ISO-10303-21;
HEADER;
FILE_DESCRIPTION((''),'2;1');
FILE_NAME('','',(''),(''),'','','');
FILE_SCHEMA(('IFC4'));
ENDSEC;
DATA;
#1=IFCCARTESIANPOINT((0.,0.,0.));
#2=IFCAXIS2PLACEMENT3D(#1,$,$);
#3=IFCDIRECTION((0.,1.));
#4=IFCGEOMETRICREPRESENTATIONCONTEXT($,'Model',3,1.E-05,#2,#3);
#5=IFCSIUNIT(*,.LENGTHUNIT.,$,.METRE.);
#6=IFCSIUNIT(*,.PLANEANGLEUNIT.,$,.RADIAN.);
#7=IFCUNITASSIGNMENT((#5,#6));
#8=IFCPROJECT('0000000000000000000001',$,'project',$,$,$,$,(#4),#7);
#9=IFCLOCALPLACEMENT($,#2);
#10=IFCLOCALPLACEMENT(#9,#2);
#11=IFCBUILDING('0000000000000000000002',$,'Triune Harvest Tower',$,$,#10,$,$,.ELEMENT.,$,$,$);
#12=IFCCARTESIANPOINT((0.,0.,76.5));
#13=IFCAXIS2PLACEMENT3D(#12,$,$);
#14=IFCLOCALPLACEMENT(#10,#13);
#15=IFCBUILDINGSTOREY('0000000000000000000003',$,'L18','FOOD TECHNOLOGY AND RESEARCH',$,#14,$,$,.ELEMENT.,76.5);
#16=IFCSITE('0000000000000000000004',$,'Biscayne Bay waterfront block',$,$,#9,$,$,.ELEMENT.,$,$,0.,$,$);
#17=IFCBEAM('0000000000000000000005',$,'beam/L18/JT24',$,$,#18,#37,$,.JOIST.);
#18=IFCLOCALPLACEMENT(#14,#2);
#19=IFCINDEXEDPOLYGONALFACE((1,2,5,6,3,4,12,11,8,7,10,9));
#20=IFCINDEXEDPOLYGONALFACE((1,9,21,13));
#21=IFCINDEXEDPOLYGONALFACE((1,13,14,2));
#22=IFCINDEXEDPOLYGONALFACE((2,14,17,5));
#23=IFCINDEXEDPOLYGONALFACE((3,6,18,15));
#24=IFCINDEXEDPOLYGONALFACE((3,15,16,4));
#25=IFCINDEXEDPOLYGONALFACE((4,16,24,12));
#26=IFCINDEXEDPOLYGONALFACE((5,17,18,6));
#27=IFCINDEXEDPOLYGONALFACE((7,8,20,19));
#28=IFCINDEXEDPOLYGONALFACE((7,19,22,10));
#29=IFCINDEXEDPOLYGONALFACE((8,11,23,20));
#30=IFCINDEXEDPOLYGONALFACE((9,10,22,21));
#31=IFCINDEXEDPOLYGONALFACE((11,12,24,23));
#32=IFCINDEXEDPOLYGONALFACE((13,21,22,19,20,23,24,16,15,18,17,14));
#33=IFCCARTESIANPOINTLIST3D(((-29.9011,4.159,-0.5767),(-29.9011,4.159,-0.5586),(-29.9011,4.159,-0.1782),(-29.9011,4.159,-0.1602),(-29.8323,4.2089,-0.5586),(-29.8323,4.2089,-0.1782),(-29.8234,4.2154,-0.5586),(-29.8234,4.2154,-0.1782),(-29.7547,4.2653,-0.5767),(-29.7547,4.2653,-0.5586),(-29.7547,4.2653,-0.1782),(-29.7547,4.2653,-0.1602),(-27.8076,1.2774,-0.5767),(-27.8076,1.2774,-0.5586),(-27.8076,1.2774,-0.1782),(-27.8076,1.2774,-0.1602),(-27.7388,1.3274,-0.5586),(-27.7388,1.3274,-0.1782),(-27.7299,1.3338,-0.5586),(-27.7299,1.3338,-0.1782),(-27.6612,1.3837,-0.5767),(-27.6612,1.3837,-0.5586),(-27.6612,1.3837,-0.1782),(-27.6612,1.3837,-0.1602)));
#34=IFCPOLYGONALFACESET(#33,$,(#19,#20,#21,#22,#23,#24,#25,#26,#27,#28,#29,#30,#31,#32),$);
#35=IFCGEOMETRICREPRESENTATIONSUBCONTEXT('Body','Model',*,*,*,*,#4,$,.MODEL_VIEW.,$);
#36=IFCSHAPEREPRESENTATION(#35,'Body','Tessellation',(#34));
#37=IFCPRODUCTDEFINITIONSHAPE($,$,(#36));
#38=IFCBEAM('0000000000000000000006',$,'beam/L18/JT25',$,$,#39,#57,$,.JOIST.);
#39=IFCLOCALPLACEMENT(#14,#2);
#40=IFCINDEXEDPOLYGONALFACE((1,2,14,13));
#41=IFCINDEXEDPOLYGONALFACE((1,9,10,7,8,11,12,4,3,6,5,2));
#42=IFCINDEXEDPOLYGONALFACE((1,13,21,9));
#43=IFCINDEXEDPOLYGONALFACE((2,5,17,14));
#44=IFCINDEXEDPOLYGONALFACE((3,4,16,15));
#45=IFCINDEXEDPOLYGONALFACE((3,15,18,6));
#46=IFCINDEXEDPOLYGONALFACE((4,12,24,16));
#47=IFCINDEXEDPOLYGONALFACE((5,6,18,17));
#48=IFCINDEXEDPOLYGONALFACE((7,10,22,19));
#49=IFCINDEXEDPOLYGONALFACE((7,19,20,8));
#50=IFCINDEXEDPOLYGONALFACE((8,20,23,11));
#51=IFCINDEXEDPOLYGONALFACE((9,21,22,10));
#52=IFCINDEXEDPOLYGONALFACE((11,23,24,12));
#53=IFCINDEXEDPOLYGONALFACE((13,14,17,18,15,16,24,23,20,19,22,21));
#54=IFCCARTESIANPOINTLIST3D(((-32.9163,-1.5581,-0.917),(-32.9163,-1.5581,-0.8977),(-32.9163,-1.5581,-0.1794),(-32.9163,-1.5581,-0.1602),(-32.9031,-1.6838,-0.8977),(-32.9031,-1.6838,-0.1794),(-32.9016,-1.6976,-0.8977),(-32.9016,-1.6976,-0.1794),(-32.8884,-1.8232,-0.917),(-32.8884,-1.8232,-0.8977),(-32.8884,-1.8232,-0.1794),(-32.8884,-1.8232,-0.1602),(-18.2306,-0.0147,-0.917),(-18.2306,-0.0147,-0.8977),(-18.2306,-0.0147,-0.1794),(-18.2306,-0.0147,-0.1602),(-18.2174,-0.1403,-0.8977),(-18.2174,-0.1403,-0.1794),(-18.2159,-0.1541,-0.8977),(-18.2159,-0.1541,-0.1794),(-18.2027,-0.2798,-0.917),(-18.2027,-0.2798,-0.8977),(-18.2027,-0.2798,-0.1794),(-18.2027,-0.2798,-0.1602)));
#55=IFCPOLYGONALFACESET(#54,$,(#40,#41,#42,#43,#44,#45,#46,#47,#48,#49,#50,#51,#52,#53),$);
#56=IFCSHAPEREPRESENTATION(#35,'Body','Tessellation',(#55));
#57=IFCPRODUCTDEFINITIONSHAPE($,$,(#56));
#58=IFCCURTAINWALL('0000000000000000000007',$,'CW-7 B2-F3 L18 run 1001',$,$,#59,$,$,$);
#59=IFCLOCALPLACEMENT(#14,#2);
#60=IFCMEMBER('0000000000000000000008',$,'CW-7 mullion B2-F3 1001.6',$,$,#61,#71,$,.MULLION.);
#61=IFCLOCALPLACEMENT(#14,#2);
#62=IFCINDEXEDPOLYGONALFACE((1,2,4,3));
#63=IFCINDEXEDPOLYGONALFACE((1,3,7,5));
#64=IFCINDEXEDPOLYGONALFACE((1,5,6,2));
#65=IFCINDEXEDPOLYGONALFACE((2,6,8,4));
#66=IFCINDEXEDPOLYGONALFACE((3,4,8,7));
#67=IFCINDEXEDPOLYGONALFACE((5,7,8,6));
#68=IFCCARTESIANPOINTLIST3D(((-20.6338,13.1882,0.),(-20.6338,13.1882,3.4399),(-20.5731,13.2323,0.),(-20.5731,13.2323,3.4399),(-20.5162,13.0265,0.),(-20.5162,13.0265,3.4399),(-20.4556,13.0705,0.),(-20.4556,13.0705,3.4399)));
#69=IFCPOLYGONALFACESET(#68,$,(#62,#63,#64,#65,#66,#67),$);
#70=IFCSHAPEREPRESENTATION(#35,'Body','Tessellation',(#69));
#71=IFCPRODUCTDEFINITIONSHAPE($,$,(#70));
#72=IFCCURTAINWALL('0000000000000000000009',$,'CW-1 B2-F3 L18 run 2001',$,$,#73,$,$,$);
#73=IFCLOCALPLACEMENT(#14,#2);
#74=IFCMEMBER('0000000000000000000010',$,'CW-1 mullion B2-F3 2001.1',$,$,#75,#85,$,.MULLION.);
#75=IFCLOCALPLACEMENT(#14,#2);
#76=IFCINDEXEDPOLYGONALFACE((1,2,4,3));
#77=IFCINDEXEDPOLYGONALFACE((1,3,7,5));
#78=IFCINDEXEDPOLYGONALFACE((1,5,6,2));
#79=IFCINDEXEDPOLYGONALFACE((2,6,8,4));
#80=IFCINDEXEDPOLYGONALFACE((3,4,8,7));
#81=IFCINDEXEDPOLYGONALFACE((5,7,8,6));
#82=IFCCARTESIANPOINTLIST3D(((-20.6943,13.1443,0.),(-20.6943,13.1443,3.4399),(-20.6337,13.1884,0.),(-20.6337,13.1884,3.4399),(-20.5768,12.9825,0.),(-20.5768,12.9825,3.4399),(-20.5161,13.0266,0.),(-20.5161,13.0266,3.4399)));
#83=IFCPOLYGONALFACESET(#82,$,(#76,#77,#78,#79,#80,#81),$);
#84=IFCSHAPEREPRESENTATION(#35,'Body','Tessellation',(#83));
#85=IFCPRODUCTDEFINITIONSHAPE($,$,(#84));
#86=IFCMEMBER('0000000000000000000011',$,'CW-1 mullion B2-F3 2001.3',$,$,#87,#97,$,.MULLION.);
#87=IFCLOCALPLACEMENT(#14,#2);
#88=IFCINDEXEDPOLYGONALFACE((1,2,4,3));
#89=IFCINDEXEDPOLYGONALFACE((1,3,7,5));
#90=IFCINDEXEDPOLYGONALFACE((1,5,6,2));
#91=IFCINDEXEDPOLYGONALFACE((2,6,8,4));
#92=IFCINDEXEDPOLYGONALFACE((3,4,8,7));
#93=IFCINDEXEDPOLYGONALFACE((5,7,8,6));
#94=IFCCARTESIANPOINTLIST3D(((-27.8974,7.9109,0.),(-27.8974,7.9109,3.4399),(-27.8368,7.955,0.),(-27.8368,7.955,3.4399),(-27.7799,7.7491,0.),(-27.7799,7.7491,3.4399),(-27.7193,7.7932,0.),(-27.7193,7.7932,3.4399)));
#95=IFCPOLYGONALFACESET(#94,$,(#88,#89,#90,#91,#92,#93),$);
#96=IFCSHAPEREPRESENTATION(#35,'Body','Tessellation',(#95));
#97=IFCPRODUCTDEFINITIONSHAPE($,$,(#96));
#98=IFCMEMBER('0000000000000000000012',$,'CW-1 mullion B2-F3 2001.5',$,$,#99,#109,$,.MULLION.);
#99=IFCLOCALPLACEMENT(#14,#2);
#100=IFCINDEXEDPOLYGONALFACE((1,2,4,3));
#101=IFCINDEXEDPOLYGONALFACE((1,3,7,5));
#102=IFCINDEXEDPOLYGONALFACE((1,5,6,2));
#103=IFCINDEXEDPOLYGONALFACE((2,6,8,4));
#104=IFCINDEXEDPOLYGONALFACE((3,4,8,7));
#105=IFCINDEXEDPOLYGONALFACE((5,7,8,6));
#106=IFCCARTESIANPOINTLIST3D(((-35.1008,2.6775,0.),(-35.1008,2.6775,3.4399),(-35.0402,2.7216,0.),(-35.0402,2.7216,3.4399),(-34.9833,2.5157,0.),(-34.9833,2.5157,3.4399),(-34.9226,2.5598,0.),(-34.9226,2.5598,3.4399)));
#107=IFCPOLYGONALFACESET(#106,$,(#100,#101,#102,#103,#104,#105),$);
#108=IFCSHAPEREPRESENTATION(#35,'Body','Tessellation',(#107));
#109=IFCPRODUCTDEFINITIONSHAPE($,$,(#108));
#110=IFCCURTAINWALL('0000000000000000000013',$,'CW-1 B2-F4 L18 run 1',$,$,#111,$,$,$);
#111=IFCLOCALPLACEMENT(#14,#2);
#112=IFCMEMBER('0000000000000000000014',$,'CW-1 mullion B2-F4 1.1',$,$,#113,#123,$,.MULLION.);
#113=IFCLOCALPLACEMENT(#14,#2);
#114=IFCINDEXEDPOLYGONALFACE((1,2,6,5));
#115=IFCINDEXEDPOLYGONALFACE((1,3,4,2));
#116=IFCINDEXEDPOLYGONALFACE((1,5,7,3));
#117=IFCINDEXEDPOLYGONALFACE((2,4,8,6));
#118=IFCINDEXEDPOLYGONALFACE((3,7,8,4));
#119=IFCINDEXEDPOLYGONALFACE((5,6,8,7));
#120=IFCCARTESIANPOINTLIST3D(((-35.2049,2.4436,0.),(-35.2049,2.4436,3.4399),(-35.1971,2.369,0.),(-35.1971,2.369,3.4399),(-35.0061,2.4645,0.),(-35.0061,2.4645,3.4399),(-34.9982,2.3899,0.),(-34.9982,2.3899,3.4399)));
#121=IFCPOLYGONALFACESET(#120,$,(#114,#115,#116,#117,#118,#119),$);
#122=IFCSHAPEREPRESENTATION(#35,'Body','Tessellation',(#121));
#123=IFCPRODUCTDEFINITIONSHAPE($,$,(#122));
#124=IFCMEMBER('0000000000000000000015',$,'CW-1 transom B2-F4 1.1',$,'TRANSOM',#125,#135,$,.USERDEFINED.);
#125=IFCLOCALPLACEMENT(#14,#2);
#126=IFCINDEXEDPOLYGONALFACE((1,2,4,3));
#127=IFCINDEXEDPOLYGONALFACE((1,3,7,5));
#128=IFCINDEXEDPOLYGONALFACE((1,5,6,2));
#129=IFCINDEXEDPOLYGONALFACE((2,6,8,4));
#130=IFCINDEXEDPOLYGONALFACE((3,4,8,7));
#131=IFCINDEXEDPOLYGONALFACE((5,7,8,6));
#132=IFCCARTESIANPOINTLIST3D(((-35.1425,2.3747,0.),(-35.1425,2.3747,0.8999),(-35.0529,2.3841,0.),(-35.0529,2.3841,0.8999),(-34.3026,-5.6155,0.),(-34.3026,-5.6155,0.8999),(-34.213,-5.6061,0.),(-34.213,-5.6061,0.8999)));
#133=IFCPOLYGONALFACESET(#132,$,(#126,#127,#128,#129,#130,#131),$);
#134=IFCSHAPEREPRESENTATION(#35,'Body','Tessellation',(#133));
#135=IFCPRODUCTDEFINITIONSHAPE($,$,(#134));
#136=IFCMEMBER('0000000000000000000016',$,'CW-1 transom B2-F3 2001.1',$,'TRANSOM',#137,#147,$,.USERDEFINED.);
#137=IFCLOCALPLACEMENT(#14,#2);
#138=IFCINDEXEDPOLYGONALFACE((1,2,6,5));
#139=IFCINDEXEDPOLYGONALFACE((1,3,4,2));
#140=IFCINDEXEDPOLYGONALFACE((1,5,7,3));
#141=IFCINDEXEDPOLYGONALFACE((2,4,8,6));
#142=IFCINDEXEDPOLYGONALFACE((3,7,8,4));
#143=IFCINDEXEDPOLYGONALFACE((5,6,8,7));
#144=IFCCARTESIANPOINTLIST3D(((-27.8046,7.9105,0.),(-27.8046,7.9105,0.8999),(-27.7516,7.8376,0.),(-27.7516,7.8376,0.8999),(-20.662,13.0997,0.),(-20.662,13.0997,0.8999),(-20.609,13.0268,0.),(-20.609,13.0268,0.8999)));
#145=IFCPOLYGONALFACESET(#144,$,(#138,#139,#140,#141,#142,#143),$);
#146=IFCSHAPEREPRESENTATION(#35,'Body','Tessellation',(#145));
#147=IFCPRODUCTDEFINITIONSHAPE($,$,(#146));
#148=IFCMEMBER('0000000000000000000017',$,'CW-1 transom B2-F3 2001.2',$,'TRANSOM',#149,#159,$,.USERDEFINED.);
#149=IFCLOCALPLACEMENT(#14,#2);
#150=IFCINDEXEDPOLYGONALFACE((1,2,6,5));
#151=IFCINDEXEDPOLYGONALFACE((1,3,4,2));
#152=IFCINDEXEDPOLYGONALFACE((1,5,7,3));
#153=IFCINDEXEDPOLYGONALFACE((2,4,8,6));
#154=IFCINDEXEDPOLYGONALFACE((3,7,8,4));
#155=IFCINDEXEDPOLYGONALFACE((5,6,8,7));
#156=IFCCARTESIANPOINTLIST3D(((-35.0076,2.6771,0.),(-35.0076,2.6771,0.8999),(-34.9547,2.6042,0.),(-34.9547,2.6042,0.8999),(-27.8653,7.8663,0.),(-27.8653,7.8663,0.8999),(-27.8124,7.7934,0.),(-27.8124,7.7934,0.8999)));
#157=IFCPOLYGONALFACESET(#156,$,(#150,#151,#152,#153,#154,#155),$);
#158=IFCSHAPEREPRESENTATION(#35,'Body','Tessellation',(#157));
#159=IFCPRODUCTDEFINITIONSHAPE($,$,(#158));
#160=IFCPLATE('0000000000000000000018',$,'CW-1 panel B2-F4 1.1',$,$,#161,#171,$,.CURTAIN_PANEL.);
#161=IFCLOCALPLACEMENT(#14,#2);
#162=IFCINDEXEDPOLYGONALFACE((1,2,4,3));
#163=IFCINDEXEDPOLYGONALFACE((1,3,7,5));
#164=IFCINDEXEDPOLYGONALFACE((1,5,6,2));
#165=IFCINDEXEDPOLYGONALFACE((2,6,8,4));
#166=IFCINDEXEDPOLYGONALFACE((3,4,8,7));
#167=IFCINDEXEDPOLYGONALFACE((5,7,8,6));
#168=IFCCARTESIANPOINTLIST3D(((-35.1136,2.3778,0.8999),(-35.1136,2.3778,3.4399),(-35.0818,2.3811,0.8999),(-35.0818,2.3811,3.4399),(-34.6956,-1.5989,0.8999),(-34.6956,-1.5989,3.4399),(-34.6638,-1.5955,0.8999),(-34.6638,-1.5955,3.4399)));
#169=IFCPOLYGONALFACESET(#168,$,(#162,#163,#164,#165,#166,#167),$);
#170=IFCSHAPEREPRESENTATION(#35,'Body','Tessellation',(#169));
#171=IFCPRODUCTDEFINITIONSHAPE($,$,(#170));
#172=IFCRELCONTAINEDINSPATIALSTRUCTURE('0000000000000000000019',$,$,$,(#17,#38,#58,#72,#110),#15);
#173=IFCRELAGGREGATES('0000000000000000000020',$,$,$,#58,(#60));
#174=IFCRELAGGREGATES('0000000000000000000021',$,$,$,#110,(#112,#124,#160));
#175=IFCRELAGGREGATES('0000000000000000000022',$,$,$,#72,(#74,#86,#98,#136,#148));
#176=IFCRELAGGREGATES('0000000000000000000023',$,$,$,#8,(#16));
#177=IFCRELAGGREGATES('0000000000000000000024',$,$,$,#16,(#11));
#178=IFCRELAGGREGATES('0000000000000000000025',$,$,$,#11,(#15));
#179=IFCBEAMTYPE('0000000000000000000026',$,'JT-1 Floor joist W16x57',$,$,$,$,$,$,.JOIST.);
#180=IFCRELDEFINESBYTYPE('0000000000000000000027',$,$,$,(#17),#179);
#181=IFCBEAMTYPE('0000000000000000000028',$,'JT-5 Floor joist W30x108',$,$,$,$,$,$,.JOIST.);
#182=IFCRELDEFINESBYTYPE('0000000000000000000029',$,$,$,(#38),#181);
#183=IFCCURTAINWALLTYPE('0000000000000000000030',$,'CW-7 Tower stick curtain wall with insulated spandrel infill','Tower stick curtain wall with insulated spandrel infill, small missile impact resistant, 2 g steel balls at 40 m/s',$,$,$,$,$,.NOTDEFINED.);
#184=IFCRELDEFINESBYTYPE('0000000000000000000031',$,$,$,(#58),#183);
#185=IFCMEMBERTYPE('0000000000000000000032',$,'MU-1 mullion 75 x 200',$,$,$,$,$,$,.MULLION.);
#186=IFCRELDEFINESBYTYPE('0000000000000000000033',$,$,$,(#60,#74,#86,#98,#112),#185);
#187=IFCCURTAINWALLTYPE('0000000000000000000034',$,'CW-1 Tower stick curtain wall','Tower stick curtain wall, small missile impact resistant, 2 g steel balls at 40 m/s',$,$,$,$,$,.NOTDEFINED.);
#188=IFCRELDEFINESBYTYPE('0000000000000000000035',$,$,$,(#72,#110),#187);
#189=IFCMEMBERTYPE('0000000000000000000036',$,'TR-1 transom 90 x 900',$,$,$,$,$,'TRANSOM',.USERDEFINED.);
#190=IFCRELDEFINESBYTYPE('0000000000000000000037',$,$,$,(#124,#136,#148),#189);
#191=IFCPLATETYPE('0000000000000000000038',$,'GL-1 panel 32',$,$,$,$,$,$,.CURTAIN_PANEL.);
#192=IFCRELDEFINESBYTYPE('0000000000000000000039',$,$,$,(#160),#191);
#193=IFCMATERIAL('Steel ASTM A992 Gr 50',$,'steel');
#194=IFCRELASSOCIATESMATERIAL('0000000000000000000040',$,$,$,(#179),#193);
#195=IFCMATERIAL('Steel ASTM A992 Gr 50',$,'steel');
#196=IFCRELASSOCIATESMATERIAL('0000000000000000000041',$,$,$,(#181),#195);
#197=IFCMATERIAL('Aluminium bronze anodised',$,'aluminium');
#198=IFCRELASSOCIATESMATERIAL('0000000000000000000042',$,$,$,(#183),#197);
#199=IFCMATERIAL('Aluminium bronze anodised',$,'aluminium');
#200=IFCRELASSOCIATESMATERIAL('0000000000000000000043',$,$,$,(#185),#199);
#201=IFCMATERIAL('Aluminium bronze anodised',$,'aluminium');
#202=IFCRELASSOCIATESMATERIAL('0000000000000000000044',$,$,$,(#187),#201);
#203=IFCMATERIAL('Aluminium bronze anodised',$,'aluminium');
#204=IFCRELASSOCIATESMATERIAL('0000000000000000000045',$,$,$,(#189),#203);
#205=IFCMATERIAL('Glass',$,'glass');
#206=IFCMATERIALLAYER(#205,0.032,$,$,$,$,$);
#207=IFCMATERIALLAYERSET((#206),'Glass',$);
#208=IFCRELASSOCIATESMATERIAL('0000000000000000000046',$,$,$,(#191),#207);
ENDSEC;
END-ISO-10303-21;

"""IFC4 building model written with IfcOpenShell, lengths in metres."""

from ifc_helpers import new_model, si_unit, direction, frame, origin, origin_2d, place, context, subcontext, project, spatial, rectangle, i_section, extrude, source, transform, mapped, material, layer, layer_set, material_profile, profile_set, type_object, element, aggregate, save


model = new_model("IFC4")

# Units and contexts
model_context = context("Model", 3, precision=1e-05, world=origin(), true_north=direction((0.0, 1.0)))
body_context = subcontext(model_context, "Body", "Model", "MODEL_VIEW")
ifc_project = project(units=[si_unit("LENGTHUNIT", "METRE"), si_unit("PLANEANGLEUNIT", "RADIAN")], contexts=[model_context])

# Site, building, storey
site_placement = place(None, origin())
site = spatial("IfcSite", under=ifc_project, at=site_placement, Name="Biscayne Bay waterfront block", CompositionType="ELEMENT", RefElevation=0.0)
building_placement = place(site_placement, origin())
building = spatial("IfcBuilding", under=site, at=building_placement, Name="Triune Harvest Tower", CompositionType="ELEMENT")
storey_placement = place(building_placement, frame((0.0, 0.0, 76.5)))
storey = spatial("IfcBuildingStorey", under=building, at=storey_placement, Name="L18", Description="FOOD TECHNOLOGY AND RESEARCH", CompositionType="ELEMENT", Elevation=76.5)

# Beams
ifc_material_1 = material(Name="Steel ASTM A992 Gr 50", Category="steel")
ifc_material_profile_1 = material_profile(ifc_material_1, i_section(OverallWidth=0.1809, OverallDepth=0.4165, WebThickness=0.011, FlangeThickness=0.0181, at=origin_2d()), Name="W16x57")
ifc_profile_set_1 = profile_set([ifc_material_profile_1], Name="Steel ASTM A992 Gr 50")
beam_type_1 = type_object("IfcBeamType", Name="JT-1 Floor joist W16x57", PredefinedType="JOIST", material=ifc_profile_set_1)
shared_shape_1 = source(origin(), body_context, "Body", "SweptSolid", [
    extrude(i_section(OverallWidth=0.1809, OverallDepth=0.4165, WebThickness=0.011, FlangeThickness=0.0181, at=origin_2d()), origin(), (0.0, 0.0, 1.0), 3.5618),
])
beam_1_placement = place(storey_placement, frame((-29.8279, 4.2122, -0.3684), z_axis=(0.587768, -0.809029, 0.0), x_axis=(0.809029, 0.587768, 0.0)))
element("IfcBeam", 1, at=beam_1_placement, inside=storey, type_object=beam_type_1, Name="beam/L18/JT24", PredefinedType="JOIST", context=body_context, shape_type="MappedRepresentation", body=[
    mapped(shared_shape_1, transform((0.0, 0.0, 0.0), scale=1.0)),
])
ifc_material_2 = material(Name="Steel ASTM A992 Gr 50", Category="steel")
ifc_material_profile_2 = material_profile(ifc_material_2, i_section(OverallWidth=0.2666, OverallDepth=0.7568, WebThickness=0.0139, FlangeThickness=0.0193, at=origin_2d()), Name="W30x108")
ifc_profile_set_2 = profile_set([ifc_material_profile_2], Name="Steel ASTM A992 Gr 50")
beam_type_2 = type_object("IfcBeamType", Name="JT-5 Floor joist W30x108", PredefinedType="JOIST", material=ifc_profile_set_2)
shared_shape_2 = source(origin(), body_context, "Body", "SweptSolid", [
    extrude(i_section(OverallWidth=0.2666, OverallDepth=0.7568, WebThickness=0.0139, FlangeThickness=0.0193, at=origin_2d()), origin(), (0.0, 0.0, 1.0), 14.7666),
])
beam_2_placement = place(storey_placement, frame((-32.9023, -1.6907, -0.5386), z_axis=(0.994522, 0.104523, 0.0), x_axis=(-0.104523, 0.994522, 0.0)))
element("IfcBeam", 2, at=beam_2_placement, inside=storey, type_object=beam_type_2, Name="beam/L18/JT25", PredefinedType="JOIST", context=body_context, shape_type="MappedRepresentation", body=[
    mapped(shared_shape_2, transform((0.0, 0.0, 0.0), scale=1.0)),
])

# Curtain wall, member
ifc_material_3 = material(Name="Aluminium bronze anodised", Category="aluminium")
curtain_wall_type_1 = type_object("IfcCurtainWallType", Name="CW-7 Tower stick curtain wall with insulated spandrel infill", Description="Tower stick curtain wall with insulated spandrel infill, small missile impact resistant, 2 g steel balls at 40 m/s", PredefinedType="NOTDEFINED", material=ifc_material_3)
curtain_wall_1_placement = place(storey_placement, origin())
curtain_wall_1 = element("IfcCurtainWall", 3, at=curtain_wall_1_placement, inside=storey, type_object=curtain_wall_type_1, Name="CW-7 B2-F3 L18 run 1001")
ifc_material_4 = material(Name="Aluminium bronze anodised", Category="aluminium")
ifc_material_profile_3 = material_profile(ifc_material_4, rectangle(XDim=0.2, YDim=0.075, at=origin_2d()), Name="MU-1 mullion 75 x 200")
ifc_profile_set_3 = profile_set([ifc_material_profile_3], Name="Aluminium bronze anodised")
member_type_1 = type_object("IfcMemberType", Name="MU-1 mullion 75 x 200", PredefinedType="MULLION", material=ifc_profile_set_3)
shared_shape_3 = source(origin(), body_context, "Body", "SweptSolid", [
    extrude(rectangle(XDim=0.2, YDim=0.075, at=origin_2d()), origin(), (0.0, 0.0, 1.0), 3.4399),
])
member_1_placement = place(storey_placement, frame((-20.5447, 13.1294, 0.0), z_axis=(0.0, 0.0, 1.0), x_axis=(0.587787, -0.809016, 0.0)))
member_1 = element("IfcMember", 4, at=member_1_placement, type_object=member_type_1, Name="CW-7 mullion B2-F3 1001.6", PredefinedType="MULLION", context=body_context, shape_type="MappedRepresentation", body=[
    mapped(shared_shape_3, transform((0.0, 0.0, 0.0), scale=1.0)),
])
aggregate(curtain_wall_1, [member_1])

# Curtain walls, members
ifc_material_5 = material(Name="Aluminium bronze anodised", Category="aluminium")
curtain_wall_type_2 = type_object("IfcCurtainWallType", Name="CW-1 Tower stick curtain wall", Description="Tower stick curtain wall, small missile impact resistant, 2 g steel balls at 40 m/s", PredefinedType="NOTDEFINED", material=ifc_material_5)
curtain_wall_2_placement = place(storey_placement, origin())
curtain_wall_2 = element("IfcCurtainWall", 5, at=curtain_wall_2_placement, inside=storey, type_object=curtain_wall_type_2, Name="CW-1 B2-F3 L18 run 2001")
member_2_placement = place(storey_placement, frame((-20.6052, 13.0854, 0.0), z_axis=(0.0, 0.0, 1.0), x_axis=(0.587783, -0.809018, 0.0)))
member_2 = element("IfcMember", 6, at=member_2_placement, type_object=member_type_1, Name="CW-1 mullion B2-F3 2001.1", PredefinedType="MULLION", context=body_context, shape_type="MappedRepresentation", body=[
    mapped(shared_shape_3, transform((0.0, 0.0, 0.0), scale=1.0)),
])
member_3_placement = place(storey_placement, frame((-27.8083, 7.8521, 0.0), z_axis=(0.0, 0.0, 1.0), x_axis=(0.587783, -0.809018, 0.0)))
member_3 = element("IfcMember", 7, at=member_3_placement, type_object=member_type_1, Name="CW-1 mullion B2-F3 2001.3", PredefinedType="MULLION", context=body_context, shape_type="MappedRepresentation", body=[
    mapped(shared_shape_3, transform((0.0, 0.0, 0.0), scale=1.0)),
])
member_4_placement = place(storey_placement, frame((-35.0117, 2.6187, 0.0), z_axis=(0.0, 0.0, 1.0), x_axis=(0.587783, -0.809018, 0.0)))
member_4 = element("IfcMember", 8, at=member_4_placement, type_object=member_type_1, Name="CW-1 mullion B2-F3 2001.5", PredefinedType="MULLION", context=body_context, shape_type="MappedRepresentation", body=[
    mapped(shared_shape_3, transform((0.0, 0.0, 0.0), scale=1.0)),
])
curtain_wall_3_placement = place(storey_placement, origin())
curtain_wall_3 = element("IfcCurtainWall", 9, at=curtain_wall_3_placement, inside=storey, type_object=curtain_wall_type_2, Name="CW-1 B2-F4 L18 run 1")
member_5_placement = place(storey_placement, frame((-35.1016, 2.4167, 0.0), z_axis=(0.0, 0.0, 1.0), x_axis=(0.994522, 0.104529, 0.0)))
member_5 = element("IfcMember", 10, at=member_5_placement, type_object=member_type_1, Name="CW-1 mullion B2-F4 1.1", PredefinedType="MULLION", context=body_context, shape_type="MappedRepresentation", body=[
    mapped(shared_shape_3, transform((0.0, 0.0, 0.0), scale=1.0)),
])
ifc_material_6 = material(Name="Aluminium bronze anodised", Category="aluminium")
ifc_material_profile_4 = material_profile(ifc_material_6, rectangle(XDim=0.0901, YDim=0.8999, at=origin_2d()), Name="TR-1 transom 90 x 900")
ifc_profile_set_4 = profile_set([ifc_material_profile_4], Name="Aluminium bronze anodised")
member_type_2 = type_object("IfcMemberType", Name="TR-1 transom 90 x 900", ElementType="TRANSOM", PredefinedType="USERDEFINED", material=ifc_profile_set_4)
shared_shape_4 = source(origin(), body_context, "Body", "SweptSolid", [
    extrude(rectangle(XDim=0.0901, YDim=0.8999, at=origin_2d()), origin(), (0.0, 0.0, 1.0), 8.0342),
])
member_6_placement = place(storey_placement, frame((-35.0977, 2.3794, 0.45), z_axis=(0.104533, -0.994521, 0.0), x_axis=(0.994521, 0.104533, 0.0)))
member_6 = element("IfcMember", 11, at=member_6_placement, type_object=member_type_2, Name="CW-1 transom B2-F4 1.1", ObjectType="TRANSOM", PredefinedType="USERDEFINED", context=body_context, shape_type="MappedRepresentation", body=[
    mapped(shared_shape_4, transform((0.0, 0.0, 0.0), scale=1.0)),
])

# Members
shared_shape_5 = source(origin(), body_context, "Body", "SweptSolid", [
    extrude(rectangle(XDim=0.0901, YDim=0.8999, at=origin_2d()), origin(), (0.0, 0.0, 1.0), 8.8286),
])
member_7_placement = place(storey_placement, frame((-20.6355, 13.0632, 0.45), z_axis=(-0.809027, -0.587772, 0.0), x_axis=(0.587772, -0.809027, 0.0)))
member_7 = element("IfcMember", 12, at=member_7_placement, type_object=member_type_2, Name="CW-1 transom B2-F3 2001.1", ObjectType="TRANSOM", PredefinedType="USERDEFINED", context=body_context, shape_type="MappedRepresentation", body=[
    mapped(shared_shape_5, transform((0.0, 0.0, 0.0), scale=1.0)),
])
shared_shape_6 = source(origin(), body_context, "Body", "SweptSolid", [
    extrude(rectangle(XDim=0.0901, YDim=0.8999, at=origin_2d()), origin(), (0.0, 0.0, 1.0), 8.8284),
])
member_8_placement = place(storey_placement, frame((-27.8389, 7.8298, 0.45), z_axis=(-0.809017, -0.587785, 0.0), x_axis=(0.587785, -0.809017, 0.0)))
member_8 = element("IfcMember", 13, at=member_8_placement, type_object=member_type_2, Name="CW-1 transom B2-F3 2001.2", ObjectType="TRANSOM", PredefinedType="USERDEFINED", context=body_context, shape_type="MappedRepresentation", body=[
    mapped(shared_shape_6, transform((0.0, 0.0, 0.0), scale=1.0)),
])

# Plate
ifc_material_7 = material(Name="Glass", Category="glass")
ifc_layer = layer(ifc_material_7, 0.032)
ifc_layer_set = layer_set([ifc_layer], Name="Glass")
plate_type = type_object("IfcPlateType", Name="GL-1 panel 32", PredefinedType="CURTAIN_PANEL", material=ifc_layer_set)
shared_shape_7 = source(origin(), body_context, "Body", "SweptSolid", [
    extrude(rectangle(XDim=3.9985, YDim=0.032, at=origin_2d()), origin(), (0.0, 0.0, 1.0), 2.54),
])
plate_1_placement = place(storey_placement, frame((-34.8887, 0.3911, 0.8999), z_axis=(0.0, 0.0, 1.0), x_axis=(0.104529, -0.994522, 0.0)))
plate_1 = element("IfcPlate", 14, at=plate_1_placement, type_object=plate_type, Name="CW-1 panel B2-F4 1.1", PredefinedType="CURTAIN_PANEL", context=body_context, shape_type="MappedRepresentation", body=[
    mapped(shared_shape_7, transform((0.0, 0.0, 0.0), scale=1.0)),
])
aggregate(curtain_wall_3, [member_5, member_6, plate_1])
aggregate(curtain_wall_2, [member_2, member_3, member_4, member_7, member_8])

save(model, "model.ifc")
